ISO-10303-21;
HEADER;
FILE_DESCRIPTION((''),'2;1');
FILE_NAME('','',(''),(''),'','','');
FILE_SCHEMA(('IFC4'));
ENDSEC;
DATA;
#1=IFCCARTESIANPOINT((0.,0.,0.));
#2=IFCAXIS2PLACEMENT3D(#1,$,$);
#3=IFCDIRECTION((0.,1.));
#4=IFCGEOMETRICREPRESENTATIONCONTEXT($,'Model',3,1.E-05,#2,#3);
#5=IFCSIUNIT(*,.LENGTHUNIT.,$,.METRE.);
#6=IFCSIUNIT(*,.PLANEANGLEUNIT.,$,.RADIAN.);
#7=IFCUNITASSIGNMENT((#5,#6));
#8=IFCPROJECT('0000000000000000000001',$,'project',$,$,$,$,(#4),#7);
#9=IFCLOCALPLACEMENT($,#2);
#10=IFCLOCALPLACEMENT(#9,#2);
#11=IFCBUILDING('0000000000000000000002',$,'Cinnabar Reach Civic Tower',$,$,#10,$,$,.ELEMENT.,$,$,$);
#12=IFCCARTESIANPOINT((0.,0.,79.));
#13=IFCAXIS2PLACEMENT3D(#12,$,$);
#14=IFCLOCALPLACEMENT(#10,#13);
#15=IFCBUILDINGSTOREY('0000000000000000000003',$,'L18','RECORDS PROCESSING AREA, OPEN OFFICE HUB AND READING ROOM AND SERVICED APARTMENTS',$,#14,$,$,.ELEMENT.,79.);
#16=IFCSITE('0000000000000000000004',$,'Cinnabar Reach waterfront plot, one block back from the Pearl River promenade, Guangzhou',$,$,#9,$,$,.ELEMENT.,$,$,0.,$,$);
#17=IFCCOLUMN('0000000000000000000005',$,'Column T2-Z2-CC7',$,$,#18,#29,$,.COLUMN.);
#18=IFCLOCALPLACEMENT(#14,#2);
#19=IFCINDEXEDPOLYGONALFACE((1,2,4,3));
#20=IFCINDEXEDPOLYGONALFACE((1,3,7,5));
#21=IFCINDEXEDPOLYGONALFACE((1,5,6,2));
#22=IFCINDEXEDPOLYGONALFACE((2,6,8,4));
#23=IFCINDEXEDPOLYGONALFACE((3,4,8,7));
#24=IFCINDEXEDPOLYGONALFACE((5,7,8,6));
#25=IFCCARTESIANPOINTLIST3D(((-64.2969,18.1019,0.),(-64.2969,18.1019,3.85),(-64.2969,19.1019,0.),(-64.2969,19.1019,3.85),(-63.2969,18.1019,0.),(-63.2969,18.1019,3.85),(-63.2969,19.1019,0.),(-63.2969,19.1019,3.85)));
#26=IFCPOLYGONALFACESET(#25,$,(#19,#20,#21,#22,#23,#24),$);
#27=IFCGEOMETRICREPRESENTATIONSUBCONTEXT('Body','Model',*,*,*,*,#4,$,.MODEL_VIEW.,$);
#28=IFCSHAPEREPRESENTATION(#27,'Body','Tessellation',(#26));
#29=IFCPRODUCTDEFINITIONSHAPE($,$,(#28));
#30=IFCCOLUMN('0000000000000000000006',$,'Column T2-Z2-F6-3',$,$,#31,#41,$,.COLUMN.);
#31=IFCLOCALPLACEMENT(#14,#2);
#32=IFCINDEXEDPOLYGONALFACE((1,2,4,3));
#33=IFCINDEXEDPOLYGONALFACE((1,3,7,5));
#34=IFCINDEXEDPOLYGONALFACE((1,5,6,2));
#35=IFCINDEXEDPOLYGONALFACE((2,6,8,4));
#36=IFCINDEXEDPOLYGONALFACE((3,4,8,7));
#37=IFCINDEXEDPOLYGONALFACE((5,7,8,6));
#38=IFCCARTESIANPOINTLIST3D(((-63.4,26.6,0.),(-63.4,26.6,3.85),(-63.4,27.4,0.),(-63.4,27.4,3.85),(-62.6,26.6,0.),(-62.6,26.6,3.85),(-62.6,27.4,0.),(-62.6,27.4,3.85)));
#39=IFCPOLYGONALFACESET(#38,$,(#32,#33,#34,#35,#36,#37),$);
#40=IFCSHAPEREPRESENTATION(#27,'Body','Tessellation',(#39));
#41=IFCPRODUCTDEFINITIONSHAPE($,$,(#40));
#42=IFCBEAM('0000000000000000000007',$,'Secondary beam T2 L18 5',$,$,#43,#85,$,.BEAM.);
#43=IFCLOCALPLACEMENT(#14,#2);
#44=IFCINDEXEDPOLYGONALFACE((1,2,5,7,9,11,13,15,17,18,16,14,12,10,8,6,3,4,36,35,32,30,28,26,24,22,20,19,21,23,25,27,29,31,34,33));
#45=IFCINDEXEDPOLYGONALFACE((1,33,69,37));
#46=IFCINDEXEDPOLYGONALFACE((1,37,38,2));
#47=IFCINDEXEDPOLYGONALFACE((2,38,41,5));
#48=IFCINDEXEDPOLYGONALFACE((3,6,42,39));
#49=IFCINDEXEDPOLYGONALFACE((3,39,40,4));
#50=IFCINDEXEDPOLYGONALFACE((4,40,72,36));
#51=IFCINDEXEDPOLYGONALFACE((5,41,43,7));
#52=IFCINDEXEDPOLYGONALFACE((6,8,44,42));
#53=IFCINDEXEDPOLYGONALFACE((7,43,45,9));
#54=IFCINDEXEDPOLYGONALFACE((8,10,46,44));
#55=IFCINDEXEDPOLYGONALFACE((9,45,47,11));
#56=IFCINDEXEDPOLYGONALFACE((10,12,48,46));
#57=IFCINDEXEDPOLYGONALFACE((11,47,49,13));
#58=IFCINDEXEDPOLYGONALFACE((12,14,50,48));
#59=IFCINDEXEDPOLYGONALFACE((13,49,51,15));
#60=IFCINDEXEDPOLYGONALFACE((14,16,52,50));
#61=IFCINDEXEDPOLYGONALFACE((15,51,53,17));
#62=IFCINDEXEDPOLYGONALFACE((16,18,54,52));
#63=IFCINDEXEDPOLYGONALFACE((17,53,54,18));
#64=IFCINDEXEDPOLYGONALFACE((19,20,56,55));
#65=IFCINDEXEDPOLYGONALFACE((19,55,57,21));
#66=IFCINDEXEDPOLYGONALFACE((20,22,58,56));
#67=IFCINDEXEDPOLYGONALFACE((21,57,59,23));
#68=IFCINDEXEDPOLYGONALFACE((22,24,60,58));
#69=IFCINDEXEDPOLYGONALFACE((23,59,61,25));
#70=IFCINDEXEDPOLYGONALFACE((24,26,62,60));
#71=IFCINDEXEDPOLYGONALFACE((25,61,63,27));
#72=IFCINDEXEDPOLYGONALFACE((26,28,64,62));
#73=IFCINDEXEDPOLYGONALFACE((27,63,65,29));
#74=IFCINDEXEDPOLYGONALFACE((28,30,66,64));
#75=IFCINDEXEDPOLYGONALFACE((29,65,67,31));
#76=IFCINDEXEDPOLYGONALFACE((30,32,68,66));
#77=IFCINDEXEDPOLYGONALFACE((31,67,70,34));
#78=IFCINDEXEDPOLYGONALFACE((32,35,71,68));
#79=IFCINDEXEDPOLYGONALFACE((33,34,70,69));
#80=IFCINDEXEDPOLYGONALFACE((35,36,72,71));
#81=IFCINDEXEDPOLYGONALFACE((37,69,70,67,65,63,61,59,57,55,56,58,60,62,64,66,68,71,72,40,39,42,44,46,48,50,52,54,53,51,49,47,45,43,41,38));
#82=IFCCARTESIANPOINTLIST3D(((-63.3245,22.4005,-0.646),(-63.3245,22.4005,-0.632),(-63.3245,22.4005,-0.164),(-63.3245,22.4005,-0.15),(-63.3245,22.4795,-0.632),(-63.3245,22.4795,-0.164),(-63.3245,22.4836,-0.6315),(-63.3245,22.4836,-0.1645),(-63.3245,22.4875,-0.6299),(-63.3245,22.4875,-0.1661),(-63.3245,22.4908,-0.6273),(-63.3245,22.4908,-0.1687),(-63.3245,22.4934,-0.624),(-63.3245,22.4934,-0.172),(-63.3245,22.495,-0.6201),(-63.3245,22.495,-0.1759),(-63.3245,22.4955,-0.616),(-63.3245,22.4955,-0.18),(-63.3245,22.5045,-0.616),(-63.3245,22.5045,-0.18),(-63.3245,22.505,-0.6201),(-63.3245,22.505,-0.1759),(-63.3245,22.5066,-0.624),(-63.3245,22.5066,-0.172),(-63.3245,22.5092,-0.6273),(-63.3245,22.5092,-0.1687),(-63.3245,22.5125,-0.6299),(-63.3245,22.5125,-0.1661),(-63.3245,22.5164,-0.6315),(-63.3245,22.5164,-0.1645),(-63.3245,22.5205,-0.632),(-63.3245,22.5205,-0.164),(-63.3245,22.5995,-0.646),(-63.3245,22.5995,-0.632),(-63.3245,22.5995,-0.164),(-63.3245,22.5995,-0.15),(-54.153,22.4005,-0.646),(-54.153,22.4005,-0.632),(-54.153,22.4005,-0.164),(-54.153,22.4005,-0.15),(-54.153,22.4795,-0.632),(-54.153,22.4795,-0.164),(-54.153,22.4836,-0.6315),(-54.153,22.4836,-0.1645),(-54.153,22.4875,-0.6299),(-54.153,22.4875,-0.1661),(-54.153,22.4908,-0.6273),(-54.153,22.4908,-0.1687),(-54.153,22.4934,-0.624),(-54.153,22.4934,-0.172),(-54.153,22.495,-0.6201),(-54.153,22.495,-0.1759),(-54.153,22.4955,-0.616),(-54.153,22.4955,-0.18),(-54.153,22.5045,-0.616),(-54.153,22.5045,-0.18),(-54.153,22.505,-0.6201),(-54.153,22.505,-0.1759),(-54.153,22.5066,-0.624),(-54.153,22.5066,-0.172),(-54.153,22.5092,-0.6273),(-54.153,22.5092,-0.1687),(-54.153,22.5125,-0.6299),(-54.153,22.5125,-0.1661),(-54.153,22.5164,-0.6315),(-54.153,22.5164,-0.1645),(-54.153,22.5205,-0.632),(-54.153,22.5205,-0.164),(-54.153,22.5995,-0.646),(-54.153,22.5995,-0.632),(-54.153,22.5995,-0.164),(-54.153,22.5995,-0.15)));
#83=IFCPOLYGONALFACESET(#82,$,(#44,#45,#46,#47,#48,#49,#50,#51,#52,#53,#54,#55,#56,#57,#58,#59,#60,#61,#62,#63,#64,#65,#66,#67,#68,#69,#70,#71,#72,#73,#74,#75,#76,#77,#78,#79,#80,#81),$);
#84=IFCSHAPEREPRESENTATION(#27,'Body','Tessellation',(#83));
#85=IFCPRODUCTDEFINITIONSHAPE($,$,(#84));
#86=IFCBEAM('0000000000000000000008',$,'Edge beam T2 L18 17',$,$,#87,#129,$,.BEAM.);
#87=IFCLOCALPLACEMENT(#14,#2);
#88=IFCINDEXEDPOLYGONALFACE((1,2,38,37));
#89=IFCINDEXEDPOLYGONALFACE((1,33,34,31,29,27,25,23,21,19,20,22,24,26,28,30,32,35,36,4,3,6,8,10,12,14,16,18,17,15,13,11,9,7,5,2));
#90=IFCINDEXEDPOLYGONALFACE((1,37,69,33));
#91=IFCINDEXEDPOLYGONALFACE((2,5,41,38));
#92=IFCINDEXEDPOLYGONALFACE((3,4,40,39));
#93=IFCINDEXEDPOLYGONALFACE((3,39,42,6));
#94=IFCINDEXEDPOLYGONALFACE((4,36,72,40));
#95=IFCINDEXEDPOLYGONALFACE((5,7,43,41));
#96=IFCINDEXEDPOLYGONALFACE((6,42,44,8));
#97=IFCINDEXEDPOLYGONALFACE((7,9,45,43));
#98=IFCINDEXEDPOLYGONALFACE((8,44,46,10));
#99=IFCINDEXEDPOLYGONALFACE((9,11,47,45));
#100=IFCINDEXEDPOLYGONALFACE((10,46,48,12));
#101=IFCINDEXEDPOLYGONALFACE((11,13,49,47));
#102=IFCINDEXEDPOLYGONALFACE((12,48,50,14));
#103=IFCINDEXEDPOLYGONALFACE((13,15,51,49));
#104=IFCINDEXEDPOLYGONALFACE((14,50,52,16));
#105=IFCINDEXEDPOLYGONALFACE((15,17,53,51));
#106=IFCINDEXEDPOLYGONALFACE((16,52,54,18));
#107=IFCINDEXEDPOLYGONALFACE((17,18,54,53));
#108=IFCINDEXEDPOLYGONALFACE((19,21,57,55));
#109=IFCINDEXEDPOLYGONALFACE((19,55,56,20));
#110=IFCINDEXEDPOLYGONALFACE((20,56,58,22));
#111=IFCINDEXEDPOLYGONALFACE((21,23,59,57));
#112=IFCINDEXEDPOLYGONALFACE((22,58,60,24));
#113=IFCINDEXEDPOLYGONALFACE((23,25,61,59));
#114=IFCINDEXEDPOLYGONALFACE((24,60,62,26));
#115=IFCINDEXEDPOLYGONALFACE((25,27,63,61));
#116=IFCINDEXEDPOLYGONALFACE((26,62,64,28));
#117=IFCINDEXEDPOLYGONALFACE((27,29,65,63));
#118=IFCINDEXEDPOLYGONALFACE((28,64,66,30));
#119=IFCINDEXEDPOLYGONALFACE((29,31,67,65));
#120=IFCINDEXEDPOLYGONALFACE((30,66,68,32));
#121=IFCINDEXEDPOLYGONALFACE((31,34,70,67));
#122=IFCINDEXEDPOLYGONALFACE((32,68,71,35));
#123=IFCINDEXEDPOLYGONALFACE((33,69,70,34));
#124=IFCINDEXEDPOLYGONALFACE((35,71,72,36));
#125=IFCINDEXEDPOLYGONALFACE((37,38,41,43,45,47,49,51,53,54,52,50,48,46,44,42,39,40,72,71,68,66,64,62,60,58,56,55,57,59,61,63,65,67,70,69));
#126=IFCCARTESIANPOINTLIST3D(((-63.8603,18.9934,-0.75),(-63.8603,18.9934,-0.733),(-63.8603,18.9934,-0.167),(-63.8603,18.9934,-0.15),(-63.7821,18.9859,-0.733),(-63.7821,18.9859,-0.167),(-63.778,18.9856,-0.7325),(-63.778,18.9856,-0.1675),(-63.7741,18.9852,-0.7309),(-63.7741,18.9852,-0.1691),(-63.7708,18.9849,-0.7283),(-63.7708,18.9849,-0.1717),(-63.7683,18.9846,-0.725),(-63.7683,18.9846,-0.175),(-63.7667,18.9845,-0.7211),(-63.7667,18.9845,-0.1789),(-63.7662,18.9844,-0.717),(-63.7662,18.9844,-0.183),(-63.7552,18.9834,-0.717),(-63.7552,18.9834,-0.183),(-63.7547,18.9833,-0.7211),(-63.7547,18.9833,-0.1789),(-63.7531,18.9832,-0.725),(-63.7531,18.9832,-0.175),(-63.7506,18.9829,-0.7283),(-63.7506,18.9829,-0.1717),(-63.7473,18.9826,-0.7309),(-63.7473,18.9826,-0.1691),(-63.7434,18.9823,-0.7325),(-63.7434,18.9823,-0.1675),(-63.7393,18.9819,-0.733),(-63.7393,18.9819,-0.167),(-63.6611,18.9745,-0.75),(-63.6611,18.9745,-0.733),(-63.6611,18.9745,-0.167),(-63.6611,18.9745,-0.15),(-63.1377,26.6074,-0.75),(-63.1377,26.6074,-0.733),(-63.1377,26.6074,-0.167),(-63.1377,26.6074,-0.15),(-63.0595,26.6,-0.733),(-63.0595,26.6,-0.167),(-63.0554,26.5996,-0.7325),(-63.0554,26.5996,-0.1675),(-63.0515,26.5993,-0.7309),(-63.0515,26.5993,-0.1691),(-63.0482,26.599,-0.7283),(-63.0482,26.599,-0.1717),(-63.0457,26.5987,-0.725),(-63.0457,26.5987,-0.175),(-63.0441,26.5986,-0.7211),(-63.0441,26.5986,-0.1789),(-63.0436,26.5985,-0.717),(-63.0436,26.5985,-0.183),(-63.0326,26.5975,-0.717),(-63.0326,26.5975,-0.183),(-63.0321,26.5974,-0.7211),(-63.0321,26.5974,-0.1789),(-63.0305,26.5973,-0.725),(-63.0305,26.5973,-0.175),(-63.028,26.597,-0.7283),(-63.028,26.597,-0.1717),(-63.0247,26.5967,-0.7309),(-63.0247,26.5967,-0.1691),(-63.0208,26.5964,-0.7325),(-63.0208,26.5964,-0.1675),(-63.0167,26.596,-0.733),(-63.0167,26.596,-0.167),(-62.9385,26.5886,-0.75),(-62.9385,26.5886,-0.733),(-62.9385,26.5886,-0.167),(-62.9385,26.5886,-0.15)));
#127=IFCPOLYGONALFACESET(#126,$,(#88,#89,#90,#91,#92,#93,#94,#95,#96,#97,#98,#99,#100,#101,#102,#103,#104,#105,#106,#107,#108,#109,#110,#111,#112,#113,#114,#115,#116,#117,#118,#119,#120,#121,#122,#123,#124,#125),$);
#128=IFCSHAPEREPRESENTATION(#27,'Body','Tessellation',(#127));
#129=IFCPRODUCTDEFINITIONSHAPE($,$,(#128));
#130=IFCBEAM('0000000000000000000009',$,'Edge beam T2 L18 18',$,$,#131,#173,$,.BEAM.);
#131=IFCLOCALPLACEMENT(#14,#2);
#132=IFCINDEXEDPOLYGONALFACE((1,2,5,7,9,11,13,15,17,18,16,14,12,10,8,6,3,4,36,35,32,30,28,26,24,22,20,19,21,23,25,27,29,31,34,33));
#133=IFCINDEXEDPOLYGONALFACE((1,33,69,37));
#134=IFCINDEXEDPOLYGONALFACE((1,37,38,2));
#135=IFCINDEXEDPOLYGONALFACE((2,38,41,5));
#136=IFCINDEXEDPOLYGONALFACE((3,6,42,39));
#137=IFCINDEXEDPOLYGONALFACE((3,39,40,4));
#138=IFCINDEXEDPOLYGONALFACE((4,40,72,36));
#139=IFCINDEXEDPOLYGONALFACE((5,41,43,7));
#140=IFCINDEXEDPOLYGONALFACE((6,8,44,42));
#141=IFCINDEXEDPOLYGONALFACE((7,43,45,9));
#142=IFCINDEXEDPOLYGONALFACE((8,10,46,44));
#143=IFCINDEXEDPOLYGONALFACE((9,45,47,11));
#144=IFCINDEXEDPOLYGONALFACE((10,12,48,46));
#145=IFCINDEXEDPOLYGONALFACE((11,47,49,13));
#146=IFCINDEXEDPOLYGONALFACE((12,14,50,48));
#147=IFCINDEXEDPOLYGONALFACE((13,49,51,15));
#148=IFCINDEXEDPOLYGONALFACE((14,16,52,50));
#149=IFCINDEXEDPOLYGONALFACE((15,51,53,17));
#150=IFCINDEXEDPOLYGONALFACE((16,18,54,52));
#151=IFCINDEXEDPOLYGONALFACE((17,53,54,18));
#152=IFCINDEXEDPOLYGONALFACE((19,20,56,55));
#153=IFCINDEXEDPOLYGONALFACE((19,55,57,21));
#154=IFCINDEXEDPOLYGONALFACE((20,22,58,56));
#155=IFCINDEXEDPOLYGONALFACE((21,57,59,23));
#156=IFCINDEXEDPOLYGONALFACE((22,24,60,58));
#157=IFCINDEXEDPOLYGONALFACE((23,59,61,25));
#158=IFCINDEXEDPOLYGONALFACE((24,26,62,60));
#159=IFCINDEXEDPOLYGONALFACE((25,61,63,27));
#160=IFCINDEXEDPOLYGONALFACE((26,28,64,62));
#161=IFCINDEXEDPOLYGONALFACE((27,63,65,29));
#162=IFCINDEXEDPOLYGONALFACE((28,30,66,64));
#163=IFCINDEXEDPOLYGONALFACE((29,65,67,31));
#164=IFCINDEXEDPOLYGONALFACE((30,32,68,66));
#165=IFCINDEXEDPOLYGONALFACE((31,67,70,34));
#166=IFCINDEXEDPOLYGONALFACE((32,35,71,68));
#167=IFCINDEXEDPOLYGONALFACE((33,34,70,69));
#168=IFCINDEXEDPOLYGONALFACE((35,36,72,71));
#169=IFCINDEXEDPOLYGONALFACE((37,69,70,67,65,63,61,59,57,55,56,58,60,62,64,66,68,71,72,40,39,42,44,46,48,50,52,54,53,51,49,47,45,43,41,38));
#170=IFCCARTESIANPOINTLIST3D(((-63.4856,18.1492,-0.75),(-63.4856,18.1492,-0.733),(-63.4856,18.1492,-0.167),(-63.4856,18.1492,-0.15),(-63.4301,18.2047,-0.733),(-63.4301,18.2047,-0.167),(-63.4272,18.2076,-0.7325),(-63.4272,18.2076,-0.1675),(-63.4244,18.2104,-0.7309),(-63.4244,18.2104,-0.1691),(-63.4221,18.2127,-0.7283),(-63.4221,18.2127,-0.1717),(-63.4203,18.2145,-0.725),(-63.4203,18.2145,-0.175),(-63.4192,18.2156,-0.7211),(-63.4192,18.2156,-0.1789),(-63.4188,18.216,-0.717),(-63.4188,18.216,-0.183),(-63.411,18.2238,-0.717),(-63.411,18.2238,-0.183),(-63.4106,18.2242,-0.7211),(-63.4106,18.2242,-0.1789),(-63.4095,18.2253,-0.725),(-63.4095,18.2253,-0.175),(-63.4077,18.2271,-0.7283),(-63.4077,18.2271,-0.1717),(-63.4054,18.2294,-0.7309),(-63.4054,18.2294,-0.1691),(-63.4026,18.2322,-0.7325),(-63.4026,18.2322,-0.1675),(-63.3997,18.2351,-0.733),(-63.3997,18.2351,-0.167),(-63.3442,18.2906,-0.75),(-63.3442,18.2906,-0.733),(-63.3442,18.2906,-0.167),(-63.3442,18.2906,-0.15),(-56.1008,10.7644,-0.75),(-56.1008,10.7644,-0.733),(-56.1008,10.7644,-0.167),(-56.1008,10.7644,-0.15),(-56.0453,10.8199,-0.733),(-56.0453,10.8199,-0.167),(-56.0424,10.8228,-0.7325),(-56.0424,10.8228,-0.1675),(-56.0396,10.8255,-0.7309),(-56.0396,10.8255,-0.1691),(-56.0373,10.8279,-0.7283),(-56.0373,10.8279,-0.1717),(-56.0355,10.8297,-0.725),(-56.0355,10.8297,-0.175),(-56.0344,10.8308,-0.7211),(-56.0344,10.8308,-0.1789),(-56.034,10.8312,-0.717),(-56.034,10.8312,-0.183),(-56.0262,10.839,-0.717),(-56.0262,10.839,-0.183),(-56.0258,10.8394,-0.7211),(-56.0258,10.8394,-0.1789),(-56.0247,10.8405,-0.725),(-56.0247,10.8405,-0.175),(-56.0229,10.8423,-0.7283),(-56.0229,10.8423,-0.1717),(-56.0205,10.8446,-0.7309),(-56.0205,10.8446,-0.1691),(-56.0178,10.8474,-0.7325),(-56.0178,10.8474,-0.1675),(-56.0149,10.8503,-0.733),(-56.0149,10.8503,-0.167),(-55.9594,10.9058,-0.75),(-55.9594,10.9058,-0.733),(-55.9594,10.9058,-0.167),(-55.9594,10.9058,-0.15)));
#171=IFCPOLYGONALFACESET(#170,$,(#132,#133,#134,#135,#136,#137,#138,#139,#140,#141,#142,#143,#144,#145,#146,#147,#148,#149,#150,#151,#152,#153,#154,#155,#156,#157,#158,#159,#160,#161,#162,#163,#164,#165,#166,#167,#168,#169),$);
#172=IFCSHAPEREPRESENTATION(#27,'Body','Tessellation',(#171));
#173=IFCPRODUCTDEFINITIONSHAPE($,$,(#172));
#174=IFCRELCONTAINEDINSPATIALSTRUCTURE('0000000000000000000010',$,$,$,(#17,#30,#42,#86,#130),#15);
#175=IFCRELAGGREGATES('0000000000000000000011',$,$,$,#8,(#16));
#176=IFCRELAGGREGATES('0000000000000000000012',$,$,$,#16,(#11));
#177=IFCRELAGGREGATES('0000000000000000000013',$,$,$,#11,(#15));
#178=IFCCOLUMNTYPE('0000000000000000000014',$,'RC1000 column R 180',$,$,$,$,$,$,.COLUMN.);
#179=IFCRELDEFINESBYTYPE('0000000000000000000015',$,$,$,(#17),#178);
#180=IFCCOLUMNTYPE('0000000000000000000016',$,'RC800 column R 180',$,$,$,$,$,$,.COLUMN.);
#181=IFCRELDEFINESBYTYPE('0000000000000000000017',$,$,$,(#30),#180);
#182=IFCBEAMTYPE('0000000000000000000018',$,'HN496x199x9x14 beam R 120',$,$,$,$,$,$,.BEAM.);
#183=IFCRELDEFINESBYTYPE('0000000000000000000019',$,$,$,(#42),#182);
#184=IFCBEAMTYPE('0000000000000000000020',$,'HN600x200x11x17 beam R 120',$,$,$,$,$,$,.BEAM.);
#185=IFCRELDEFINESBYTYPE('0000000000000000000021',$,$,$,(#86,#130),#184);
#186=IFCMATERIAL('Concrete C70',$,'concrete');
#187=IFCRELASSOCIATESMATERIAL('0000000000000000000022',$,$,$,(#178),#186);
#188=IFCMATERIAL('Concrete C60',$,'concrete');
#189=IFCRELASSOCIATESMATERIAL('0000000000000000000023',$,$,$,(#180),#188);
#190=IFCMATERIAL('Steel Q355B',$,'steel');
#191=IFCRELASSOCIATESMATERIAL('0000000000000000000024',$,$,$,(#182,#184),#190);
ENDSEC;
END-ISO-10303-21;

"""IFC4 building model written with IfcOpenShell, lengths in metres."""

from ifc_helpers import new_model, si_unit, direction, frame, origin, origin_2d, place, context, subcontext, project, spatial, rectangle, i_section, extrude, material, material_profile, profile_set, type_object, element, save


model = new_model("IFC4")

# Units and contexts
model_context = context("Model", 3, precision=1e-05, world=origin(), true_north=direction((0.0, 1.0)))
body_context = subcontext(model_context, "Body", "Model", "MODEL_VIEW")
ifc_project = project(units=[si_unit("LENGTHUNIT", "METRE"), si_unit("PLANEANGLEUNIT", "RADIAN")], contexts=[model_context])

# Site, building, storey
site_placement = place(None, origin())
site = spatial("IfcSite", under=ifc_project, at=site_placement, Name="Cinnabar Reach waterfront plot, one block back from the Pearl River promenade, Guangzhou", CompositionType="ELEMENT", RefElevation=0.0)
building_placement = place(site_placement, origin())
building = spatial("IfcBuilding", under=site, at=building_placement, Name="Cinnabar Reach Civic Tower", CompositionType="ELEMENT")
storey_placement = place(building_placement, frame((0.0, 0.0, 79.0)))
storey = spatial("IfcBuildingStorey", under=building, at=storey_placement, Name="L18", Description="RECORDS PROCESSING AREA, OPEN OFFICE HUB AND READING ROOM AND SERVICED APARTMENTS", CompositionType="ELEMENT", Elevation=79.0)

# Columns
ifc_material_1 = material(Name="Concrete C70", Category="concrete")
ifc_material_profile_1 = material_profile(ifc_material_1, rectangle(XDim=1.0, YDim=1.0, at=origin_2d()), Name="RC1000")
ifc_profile_set_1 = profile_set([ifc_material_profile_1], Name="Concrete C70")
column_type_1 = type_object("IfcColumnType", Name="RC1000 column R 180", PredefinedType="COLUMN", material=ifc_profile_set_1)
column_1_placement = place(storey_placement, frame((-63.7969, 18.6019, 0.0), z_axis=(0.0, 0.0, 1.0), x_axis=(1.0, 0.0, 0.0)))
element("IfcColumn", 1, at=column_1_placement, inside=storey, type_object=column_type_1, Name="Column T2-Z2-CC7", PredefinedType="COLUMN", context=body_context, shape_type="SweptSolid", body=[
    extrude(rectangle(XDim=1.0, YDim=1.0, at=origin_2d()), origin(), (0.0, 0.0, 1.0), 3.85),
])
ifc_material_2 = material(Name="Concrete C60", Category="concrete")
ifc_material_profile_2 = material_profile(ifc_material_2, rectangle(XDim=0.8, YDim=0.8, at=origin_2d()), Name="RC800")
ifc_profile_set_2 = profile_set([ifc_material_profile_2], Name="Concrete C60")
column_type_2 = type_object("IfcColumnType", Name="RC800 column R 180", PredefinedType="COLUMN", material=ifc_profile_set_2)
column_2_placement = place(storey_placement, frame((-63.0, 27.0, 0.0), z_axis=(0.0, 0.0, 1.0), x_axis=(1.0, 0.0, 0.0)))
element("IfcColumn", 2, at=column_2_placement, inside=storey, type_object=column_type_2, Name="Column T2-Z2-F6-3", PredefinedType="COLUMN", context=body_context, shape_type="SweptSolid", body=[
    extrude(rectangle(XDim=0.8, YDim=0.8, at=origin_2d()), origin(), (0.0, 0.0, 1.0), 3.85),
])

# Beams
ifc_material_3 = material(Name="Steel Q355B", Category="steel")
ifc_material_profile_3 = material_profile(ifc_material_3, i_section(OverallWidth=0.199, OverallDepth=0.496, WebThickness=0.009, FlangeThickness=0.014, FilletRadius=0.016, at=origin_2d()), Name="HN496x199x9x14")
ifc_profile_set_3 = profile_set([ifc_material_profile_3], Name="Steel Q355B")
beam_type_1 = type_object("IfcBeamType", Name="HN496x199x9x14 beam R 120", PredefinedType="BEAM", material=ifc_profile_set_3)
beam_1_placement = place(storey_placement, frame((-63.3245, 22.5, -0.398), z_axis=(1.0, 0.0, 0.0), x_axis=(0.0, 1.0, 0.0)))
element("IfcBeam", 3, at=beam_1_placement, inside=storey, type_object=beam_type_1, Name="Secondary beam T2 L18 5", PredefinedType="BEAM", context=body_context, shape_type="SweptSolid", body=[
    extrude(i_section(OverallWidth=0.199, OverallDepth=0.496, WebThickness=0.009, FlangeThickness=0.014, FilletRadius=0.016, at=origin_2d()), origin(), (0.0, 0.0, 1.0), 9.1715),
])
ifc_material_profile_4 = material_profile(ifc_material_3, i_section(OverallWidth=0.2, OverallDepth=0.6, WebThickness=0.011, FlangeThickness=0.017, FilletRadius=0.016, at=origin_2d()), Name="HN600x200x11x17")
ifc_profile_set_4 = profile_set([ifc_material_profile_4], Name="Steel Q355B")
beam_type_2 = type_object("IfcBeamType", Name="HN600x200x11x17 beam R 120", PredefinedType="BEAM", material=ifc_profile_set_4)
beam_2_placement = place(storey_placement, frame((-63.0381, 26.598, -0.45), z_axis=(-0.094478, -0.995527, 0.0), x_axis=(0.995527, -0.094478, 0.0)))
element("IfcBeam", 4, at=beam_2_placement, inside=storey, type_object=beam_type_2, Name="Edge beam T2 L18 17", PredefinedType="BEAM", context=body_context, shape_type="SweptSolid", body=[
    extrude(i_section(OverallWidth=0.2, OverallDepth=0.6, WebThickness=0.011, FlangeThickness=0.017, FilletRadius=0.016, at=origin_2d()), origin(), (0.0, 0.0, 1.0), 7.6483),
])
beam_3_placement = place(storey_placement, frame((-63.4149, 18.2199, -0.45), z_axis=(0.707107, -0.707107, 0.0), x_axis=(0.707107, 0.707107, 0.0)))
element("IfcBeam", 5, at=beam_3_placement, inside=storey, type_object=beam_type_2, Name="Edge beam T2 L18 18", PredefinedType="BEAM", context=body_context, shape_type="SweptSolid", body=[
    extrude(i_section(OverallWidth=0.2, OverallDepth=0.6, WebThickness=0.011, FlangeThickness=0.017, FilletRadius=0.016, at=origin_2d()), origin(), (0.0, 0.0, 1.0), 10.4437),
])

save(model, "model.ifc")
